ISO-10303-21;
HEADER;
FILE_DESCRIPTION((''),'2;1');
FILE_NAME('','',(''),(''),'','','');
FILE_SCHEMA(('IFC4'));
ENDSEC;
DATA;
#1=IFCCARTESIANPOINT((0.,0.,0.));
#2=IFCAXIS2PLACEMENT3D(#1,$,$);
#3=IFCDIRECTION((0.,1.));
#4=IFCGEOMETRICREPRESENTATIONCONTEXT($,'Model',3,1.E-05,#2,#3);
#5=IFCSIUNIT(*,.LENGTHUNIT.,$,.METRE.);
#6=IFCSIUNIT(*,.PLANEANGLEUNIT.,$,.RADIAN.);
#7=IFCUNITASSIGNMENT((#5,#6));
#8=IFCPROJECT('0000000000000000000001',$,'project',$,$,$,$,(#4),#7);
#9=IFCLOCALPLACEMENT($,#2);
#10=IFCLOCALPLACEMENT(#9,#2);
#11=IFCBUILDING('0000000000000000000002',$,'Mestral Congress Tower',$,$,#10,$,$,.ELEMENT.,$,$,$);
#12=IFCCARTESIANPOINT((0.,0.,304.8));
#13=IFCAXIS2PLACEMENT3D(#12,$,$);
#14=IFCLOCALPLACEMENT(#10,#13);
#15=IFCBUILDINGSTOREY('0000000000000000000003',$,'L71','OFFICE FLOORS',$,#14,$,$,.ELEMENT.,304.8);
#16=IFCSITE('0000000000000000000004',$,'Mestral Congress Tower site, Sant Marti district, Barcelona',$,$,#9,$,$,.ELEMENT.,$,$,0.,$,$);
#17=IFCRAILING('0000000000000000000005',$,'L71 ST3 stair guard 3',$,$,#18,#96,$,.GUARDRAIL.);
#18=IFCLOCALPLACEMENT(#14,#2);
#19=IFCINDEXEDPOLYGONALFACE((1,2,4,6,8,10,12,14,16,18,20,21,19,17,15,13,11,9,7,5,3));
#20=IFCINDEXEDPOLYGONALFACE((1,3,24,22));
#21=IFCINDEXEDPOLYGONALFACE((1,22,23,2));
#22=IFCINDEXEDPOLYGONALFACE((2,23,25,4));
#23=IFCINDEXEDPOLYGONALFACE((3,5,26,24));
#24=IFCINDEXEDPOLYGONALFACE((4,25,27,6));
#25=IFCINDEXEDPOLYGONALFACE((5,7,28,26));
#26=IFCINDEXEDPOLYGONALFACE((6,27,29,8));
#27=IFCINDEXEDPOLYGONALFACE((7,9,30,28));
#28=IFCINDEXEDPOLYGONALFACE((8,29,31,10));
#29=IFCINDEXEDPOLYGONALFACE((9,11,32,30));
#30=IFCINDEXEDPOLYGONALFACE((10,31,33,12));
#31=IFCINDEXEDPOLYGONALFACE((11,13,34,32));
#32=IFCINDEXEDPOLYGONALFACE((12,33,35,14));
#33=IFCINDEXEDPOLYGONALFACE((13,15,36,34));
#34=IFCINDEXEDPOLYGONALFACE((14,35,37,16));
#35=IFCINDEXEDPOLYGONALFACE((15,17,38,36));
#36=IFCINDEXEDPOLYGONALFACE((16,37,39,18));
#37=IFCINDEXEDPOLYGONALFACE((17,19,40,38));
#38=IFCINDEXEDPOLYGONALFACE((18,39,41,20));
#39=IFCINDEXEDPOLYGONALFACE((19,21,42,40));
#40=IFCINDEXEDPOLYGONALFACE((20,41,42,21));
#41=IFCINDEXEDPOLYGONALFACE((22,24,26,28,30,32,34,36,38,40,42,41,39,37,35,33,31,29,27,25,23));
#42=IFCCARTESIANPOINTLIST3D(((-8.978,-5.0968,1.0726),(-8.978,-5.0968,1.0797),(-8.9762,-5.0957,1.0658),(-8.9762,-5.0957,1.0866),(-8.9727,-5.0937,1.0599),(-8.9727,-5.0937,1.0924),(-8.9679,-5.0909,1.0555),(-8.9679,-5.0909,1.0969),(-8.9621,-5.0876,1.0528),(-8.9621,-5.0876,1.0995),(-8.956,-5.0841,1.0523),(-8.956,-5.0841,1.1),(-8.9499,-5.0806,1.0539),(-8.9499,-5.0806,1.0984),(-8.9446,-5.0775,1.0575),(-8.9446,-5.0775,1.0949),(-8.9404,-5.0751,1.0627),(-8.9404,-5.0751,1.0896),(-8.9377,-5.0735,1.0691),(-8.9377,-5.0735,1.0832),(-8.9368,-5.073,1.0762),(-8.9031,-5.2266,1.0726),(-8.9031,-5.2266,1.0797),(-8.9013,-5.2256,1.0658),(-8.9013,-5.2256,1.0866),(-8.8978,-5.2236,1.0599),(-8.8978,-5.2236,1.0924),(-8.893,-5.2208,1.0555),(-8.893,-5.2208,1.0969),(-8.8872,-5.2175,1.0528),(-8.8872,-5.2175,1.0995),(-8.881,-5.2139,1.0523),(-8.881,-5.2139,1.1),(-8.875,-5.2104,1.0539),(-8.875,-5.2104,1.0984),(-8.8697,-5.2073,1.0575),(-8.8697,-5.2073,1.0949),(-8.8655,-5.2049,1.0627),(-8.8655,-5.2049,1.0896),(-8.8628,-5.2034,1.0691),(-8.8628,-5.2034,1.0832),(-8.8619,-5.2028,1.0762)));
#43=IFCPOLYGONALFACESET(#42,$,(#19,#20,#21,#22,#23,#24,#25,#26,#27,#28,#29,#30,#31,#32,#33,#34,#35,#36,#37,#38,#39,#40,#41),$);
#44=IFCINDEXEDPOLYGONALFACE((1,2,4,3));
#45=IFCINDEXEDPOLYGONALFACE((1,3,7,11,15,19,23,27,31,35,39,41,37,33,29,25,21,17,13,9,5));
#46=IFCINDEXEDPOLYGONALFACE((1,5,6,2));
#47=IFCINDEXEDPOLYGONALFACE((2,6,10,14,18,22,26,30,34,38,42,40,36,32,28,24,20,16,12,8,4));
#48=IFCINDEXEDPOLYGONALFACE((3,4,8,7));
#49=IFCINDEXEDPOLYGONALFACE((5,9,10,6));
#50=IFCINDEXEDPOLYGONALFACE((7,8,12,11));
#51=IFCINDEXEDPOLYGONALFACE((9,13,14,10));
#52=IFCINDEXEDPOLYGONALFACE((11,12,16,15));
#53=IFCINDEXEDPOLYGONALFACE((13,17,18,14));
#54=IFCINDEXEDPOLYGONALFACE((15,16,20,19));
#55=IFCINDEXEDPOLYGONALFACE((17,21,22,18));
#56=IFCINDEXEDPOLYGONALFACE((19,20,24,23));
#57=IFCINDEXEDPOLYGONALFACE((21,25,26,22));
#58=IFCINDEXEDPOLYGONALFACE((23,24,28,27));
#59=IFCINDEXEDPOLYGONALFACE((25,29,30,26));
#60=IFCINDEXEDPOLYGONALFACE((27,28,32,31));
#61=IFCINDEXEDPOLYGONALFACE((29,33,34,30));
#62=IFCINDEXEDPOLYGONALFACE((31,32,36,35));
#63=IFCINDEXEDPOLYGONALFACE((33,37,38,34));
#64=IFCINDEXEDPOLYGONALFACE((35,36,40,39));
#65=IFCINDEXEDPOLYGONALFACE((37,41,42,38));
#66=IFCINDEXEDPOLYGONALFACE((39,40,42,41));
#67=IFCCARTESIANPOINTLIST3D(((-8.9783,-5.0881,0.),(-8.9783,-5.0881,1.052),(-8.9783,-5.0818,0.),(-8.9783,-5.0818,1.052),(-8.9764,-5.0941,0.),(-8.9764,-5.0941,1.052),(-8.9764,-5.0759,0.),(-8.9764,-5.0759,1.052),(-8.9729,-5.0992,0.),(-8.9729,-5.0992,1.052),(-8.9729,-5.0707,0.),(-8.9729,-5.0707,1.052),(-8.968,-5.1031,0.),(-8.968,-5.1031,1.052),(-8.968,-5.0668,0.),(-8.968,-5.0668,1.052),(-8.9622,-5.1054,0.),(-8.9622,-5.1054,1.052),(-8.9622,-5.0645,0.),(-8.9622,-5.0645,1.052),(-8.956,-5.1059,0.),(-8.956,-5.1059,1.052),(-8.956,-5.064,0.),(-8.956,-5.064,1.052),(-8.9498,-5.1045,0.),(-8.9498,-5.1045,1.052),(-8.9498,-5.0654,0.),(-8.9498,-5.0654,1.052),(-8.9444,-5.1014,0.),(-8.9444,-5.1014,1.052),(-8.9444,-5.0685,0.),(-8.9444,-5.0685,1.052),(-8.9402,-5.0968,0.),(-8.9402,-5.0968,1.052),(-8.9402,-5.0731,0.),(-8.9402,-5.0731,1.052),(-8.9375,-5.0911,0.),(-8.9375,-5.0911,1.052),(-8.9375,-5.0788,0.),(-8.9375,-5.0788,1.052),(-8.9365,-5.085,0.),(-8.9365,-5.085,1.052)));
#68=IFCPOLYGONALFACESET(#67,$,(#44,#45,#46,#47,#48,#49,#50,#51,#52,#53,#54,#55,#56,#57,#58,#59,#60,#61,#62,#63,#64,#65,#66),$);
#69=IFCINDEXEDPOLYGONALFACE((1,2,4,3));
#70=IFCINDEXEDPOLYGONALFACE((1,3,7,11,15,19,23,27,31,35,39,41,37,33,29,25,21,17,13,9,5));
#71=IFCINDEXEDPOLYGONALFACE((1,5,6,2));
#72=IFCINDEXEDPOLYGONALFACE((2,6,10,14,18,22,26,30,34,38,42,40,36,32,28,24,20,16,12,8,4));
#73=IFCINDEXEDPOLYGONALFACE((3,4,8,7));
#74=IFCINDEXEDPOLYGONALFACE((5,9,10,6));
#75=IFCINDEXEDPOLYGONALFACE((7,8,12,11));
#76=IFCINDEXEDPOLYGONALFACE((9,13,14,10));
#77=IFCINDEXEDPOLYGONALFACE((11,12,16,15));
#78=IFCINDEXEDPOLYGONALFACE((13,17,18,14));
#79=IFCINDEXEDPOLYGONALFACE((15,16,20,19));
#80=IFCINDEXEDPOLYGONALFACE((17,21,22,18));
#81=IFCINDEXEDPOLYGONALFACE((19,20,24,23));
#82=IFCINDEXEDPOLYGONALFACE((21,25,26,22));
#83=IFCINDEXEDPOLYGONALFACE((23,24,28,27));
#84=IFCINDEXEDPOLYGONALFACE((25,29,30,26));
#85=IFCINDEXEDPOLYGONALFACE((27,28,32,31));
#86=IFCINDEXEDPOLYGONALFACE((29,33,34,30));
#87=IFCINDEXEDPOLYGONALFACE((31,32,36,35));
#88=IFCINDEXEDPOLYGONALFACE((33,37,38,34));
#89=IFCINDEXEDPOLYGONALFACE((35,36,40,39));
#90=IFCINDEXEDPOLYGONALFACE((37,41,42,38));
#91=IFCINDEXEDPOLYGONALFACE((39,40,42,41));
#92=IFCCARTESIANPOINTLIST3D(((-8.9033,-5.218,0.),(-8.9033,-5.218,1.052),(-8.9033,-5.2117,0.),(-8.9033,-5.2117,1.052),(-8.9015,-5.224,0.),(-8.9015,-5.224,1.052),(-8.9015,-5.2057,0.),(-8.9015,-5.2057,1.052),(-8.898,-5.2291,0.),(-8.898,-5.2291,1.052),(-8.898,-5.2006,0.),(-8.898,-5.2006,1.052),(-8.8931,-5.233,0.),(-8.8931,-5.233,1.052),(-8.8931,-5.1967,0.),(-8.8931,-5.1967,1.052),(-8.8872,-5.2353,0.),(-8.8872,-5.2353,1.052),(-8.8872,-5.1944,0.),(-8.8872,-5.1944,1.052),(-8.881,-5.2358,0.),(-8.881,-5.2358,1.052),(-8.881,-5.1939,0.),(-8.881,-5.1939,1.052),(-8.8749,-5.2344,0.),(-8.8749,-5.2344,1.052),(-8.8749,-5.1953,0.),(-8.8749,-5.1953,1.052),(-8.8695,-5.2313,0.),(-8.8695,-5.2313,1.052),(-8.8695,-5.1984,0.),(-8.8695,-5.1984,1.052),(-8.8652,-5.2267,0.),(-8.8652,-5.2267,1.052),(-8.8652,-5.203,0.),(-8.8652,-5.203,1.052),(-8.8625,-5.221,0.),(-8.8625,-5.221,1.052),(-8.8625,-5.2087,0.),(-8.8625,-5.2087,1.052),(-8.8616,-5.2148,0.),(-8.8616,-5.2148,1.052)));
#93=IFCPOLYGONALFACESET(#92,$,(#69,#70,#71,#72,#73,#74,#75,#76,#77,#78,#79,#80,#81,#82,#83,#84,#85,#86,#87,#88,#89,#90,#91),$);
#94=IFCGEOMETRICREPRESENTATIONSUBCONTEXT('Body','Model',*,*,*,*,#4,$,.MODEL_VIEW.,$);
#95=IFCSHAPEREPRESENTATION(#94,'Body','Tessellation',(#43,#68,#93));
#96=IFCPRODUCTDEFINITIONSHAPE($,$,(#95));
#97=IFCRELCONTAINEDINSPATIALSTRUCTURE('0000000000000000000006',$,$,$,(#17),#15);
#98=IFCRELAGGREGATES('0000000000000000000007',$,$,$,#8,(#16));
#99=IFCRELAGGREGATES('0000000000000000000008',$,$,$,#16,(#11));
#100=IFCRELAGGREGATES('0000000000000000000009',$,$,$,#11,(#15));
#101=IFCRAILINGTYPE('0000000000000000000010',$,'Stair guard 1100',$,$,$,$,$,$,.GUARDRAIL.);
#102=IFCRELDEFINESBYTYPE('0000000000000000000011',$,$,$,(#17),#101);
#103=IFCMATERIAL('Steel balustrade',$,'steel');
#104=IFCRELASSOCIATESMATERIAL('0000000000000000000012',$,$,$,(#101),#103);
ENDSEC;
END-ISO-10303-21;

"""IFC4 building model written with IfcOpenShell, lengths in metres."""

from ifc_helpers import new_model, si_unit, direction, frame, origin, origin_2d, place, context, subcontext, project, spatial, circle, extrude, material, type_object, element, save


model = new_model("IFC4")

# Units and contexts
model_context = context("Model", 3, precision=1e-05, world=origin(), true_north=direction((0.0, 1.0)))
body_context = subcontext(model_context, "Body", "Model", "MODEL_VIEW")
ifc_project = project(units=[si_unit("LENGTHUNIT", "METRE"), si_unit("PLANEANGLEUNIT", "RADIAN")], contexts=[model_context])

# Site, building, storey
site_placement = place(None, origin())
site = spatial("IfcSite", under=ifc_project, at=site_placement, Name="Mestral Congress Tower site, Sant Marti district, Barcelona", CompositionType="ELEMENT", RefElevation=0.0)
building_placement = place(site_placement, origin())
building = spatial("IfcBuilding", under=site, at=building_placement, Name="Mestral Congress Tower", CompositionType="ELEMENT")
storey_placement = place(building_placement, frame((0.0, 0.0, 304.8)))
storey = spatial("IfcBuildingStorey", under=building, at=storey_placement, Name="L71", Description="OFFICE FLOORS", CompositionType="ELEMENT", Elevation=304.8)

# Railing
ifc_material_1 = material(Name="Steel balustrade", Category="steel")
railing_type_1 = type_object("IfcRailingType", Name="Stair guard 1100", PredefinedType="GUARDRAIL", material=ifc_material_1)
railing_1_placement = place(storey_placement, frame((-8.9575, -5.085, 0.0)))
element("IfcRailing", 1, at=railing_1_placement, inside=storey, type_object=railing_type_1, Name="L71 ST3 stair guard 3", PredefinedType="GUARDRAIL", context=body_context, shape_type="SweptSolid", body=[
    extrude(circle(Radius=0.0239, at=origin_2d()), frame((0.0, 0.0, 1.0762), z_axis=(0.499816, -0.866131, 0.0), x_axis=(0.866131, 0.499816, 0.0)), (0.0, 0.0, 1.0), 0.1499),
    extrude(circle(Radius=0.021, at=origin_2d()), origin(), (0.0, 0.0, 1.0), 1.052),
    extrude(circle(Radius=0.021, at=origin_2d()), frame((0.075, -0.1299, 0.0)), (0.0, 0.0, 1.0), 1.052),
])

save(model, "model.ifc")
